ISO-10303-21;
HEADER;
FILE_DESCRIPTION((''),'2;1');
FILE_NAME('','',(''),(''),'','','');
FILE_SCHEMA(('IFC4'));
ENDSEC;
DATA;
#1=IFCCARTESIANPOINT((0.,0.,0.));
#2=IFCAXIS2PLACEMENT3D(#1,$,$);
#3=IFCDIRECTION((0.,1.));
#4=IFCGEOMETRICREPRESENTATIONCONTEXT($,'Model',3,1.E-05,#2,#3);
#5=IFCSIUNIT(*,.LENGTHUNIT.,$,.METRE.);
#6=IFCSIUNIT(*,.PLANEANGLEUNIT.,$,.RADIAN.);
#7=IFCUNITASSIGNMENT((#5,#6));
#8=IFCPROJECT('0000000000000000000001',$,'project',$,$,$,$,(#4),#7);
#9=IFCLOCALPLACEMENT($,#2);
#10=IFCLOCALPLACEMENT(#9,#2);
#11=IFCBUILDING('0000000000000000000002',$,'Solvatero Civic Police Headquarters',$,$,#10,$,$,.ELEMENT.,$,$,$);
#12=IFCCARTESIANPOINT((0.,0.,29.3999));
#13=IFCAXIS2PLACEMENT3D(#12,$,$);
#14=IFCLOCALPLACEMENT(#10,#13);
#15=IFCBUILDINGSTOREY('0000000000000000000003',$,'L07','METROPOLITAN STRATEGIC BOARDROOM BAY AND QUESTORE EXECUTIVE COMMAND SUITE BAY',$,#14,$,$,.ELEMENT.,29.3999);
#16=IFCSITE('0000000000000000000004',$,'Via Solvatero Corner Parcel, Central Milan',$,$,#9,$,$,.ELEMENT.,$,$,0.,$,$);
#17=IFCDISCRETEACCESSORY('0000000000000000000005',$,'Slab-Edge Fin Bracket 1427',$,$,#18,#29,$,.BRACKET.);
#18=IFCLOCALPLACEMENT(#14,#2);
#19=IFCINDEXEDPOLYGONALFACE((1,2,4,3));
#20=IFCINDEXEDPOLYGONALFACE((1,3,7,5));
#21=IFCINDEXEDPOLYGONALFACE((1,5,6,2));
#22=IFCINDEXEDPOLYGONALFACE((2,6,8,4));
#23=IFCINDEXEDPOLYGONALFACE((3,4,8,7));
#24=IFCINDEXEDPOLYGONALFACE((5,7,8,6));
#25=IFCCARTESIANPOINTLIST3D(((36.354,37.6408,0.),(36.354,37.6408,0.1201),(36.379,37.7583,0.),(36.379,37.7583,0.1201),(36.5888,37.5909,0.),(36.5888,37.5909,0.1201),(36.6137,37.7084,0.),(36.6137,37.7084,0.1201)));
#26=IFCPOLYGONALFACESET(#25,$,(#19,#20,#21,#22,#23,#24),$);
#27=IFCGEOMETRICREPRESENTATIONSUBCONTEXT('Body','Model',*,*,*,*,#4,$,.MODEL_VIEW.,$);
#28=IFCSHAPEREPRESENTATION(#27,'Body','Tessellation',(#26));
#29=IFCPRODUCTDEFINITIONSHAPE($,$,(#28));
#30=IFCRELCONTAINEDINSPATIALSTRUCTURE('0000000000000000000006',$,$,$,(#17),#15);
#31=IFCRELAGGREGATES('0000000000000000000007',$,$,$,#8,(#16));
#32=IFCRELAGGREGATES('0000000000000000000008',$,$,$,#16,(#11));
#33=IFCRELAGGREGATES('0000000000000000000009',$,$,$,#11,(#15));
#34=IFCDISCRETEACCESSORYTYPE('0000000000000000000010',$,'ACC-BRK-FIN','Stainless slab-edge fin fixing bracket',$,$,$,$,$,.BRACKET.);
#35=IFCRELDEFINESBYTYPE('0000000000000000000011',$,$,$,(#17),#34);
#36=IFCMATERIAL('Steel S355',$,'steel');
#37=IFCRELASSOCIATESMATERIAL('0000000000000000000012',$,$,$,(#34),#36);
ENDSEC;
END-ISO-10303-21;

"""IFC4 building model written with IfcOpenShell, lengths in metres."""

from ifc_helpers import new_model, si_unit, direction, frame, origin, origin_2d, place, context, subcontext, project, spatial, rectangle, extrude, material, type_object, element, save


model = new_model("IFC4")

# Units and contexts
model_context = context("Model", 3, precision=1e-05, world=origin(), true_north=direction((0.0, 1.0)))
body_context = subcontext(model_context, "Body", "Model", "MODEL_VIEW")
ifc_project = project(units=[si_unit("LENGTHUNIT", "METRE"), si_unit("PLANEANGLEUNIT", "RADIAN")], contexts=[model_context])

# Site, building, storey
site_placement = place(None, origin())
site = spatial("IfcSite", under=ifc_project, at=site_placement, Name="Via Solvatero Corner Parcel, Central Milan", CompositionType="ELEMENT", RefElevation=0.0)
building_placement = place(site_placement, origin())
building = spatial("IfcBuilding", under=site, at=building_placement, Name="Solvatero Civic Police Headquarters", CompositionType="ELEMENT")
storey_placement = place(building_placement, frame((0.0, 0.0, 29.3999)))
storey = spatial("IfcBuildingStorey", under=building, at=storey_placement, Name="L07", Description="METROPOLITAN STRATEGIC BOARDROOM BAY AND QUESTORE EXECUTIVE COMMAND SUITE BAY", CompositionType="ELEMENT", Elevation=29.3999)

# Shared definitions
ifc_material_1 = material(Name="Steel S355", Category="steel")

# Discrete accessory
discrete_accessory_type = type_object("IfcDiscreteAccessoryType", Name="ACC-BRK-FIN", Description="Stainless slab-edge fin fixing bracket", PredefinedType="BRACKET", material=ifc_material_1)
for number, where, z_axis, x_axis, name in (
    (1, (36.4839, 37.6746, 0.0), (0.0, 0.0, 1.0), (-0.207895, -0.978151, 0.0), "Slab-Edge Fin Bracket 1427"),
):
    element("IfcDiscreteAccessory", number, at=place(storey_placement, frame(where, z_axis=z_axis, x_axis=x_axis)), inside=storey, type_object=discrete_accessory_type, Name=name, PredefinedType="BRACKET", context=body_context, shape_type="SweptSolid", body=[
        extrude(rectangle(XDim=0.1201, YDim=0.24, at=origin_2d()), origin(), (0.0, 0.0, 1.0), 0.1201),
    ])

save(model, "model.ifc")
